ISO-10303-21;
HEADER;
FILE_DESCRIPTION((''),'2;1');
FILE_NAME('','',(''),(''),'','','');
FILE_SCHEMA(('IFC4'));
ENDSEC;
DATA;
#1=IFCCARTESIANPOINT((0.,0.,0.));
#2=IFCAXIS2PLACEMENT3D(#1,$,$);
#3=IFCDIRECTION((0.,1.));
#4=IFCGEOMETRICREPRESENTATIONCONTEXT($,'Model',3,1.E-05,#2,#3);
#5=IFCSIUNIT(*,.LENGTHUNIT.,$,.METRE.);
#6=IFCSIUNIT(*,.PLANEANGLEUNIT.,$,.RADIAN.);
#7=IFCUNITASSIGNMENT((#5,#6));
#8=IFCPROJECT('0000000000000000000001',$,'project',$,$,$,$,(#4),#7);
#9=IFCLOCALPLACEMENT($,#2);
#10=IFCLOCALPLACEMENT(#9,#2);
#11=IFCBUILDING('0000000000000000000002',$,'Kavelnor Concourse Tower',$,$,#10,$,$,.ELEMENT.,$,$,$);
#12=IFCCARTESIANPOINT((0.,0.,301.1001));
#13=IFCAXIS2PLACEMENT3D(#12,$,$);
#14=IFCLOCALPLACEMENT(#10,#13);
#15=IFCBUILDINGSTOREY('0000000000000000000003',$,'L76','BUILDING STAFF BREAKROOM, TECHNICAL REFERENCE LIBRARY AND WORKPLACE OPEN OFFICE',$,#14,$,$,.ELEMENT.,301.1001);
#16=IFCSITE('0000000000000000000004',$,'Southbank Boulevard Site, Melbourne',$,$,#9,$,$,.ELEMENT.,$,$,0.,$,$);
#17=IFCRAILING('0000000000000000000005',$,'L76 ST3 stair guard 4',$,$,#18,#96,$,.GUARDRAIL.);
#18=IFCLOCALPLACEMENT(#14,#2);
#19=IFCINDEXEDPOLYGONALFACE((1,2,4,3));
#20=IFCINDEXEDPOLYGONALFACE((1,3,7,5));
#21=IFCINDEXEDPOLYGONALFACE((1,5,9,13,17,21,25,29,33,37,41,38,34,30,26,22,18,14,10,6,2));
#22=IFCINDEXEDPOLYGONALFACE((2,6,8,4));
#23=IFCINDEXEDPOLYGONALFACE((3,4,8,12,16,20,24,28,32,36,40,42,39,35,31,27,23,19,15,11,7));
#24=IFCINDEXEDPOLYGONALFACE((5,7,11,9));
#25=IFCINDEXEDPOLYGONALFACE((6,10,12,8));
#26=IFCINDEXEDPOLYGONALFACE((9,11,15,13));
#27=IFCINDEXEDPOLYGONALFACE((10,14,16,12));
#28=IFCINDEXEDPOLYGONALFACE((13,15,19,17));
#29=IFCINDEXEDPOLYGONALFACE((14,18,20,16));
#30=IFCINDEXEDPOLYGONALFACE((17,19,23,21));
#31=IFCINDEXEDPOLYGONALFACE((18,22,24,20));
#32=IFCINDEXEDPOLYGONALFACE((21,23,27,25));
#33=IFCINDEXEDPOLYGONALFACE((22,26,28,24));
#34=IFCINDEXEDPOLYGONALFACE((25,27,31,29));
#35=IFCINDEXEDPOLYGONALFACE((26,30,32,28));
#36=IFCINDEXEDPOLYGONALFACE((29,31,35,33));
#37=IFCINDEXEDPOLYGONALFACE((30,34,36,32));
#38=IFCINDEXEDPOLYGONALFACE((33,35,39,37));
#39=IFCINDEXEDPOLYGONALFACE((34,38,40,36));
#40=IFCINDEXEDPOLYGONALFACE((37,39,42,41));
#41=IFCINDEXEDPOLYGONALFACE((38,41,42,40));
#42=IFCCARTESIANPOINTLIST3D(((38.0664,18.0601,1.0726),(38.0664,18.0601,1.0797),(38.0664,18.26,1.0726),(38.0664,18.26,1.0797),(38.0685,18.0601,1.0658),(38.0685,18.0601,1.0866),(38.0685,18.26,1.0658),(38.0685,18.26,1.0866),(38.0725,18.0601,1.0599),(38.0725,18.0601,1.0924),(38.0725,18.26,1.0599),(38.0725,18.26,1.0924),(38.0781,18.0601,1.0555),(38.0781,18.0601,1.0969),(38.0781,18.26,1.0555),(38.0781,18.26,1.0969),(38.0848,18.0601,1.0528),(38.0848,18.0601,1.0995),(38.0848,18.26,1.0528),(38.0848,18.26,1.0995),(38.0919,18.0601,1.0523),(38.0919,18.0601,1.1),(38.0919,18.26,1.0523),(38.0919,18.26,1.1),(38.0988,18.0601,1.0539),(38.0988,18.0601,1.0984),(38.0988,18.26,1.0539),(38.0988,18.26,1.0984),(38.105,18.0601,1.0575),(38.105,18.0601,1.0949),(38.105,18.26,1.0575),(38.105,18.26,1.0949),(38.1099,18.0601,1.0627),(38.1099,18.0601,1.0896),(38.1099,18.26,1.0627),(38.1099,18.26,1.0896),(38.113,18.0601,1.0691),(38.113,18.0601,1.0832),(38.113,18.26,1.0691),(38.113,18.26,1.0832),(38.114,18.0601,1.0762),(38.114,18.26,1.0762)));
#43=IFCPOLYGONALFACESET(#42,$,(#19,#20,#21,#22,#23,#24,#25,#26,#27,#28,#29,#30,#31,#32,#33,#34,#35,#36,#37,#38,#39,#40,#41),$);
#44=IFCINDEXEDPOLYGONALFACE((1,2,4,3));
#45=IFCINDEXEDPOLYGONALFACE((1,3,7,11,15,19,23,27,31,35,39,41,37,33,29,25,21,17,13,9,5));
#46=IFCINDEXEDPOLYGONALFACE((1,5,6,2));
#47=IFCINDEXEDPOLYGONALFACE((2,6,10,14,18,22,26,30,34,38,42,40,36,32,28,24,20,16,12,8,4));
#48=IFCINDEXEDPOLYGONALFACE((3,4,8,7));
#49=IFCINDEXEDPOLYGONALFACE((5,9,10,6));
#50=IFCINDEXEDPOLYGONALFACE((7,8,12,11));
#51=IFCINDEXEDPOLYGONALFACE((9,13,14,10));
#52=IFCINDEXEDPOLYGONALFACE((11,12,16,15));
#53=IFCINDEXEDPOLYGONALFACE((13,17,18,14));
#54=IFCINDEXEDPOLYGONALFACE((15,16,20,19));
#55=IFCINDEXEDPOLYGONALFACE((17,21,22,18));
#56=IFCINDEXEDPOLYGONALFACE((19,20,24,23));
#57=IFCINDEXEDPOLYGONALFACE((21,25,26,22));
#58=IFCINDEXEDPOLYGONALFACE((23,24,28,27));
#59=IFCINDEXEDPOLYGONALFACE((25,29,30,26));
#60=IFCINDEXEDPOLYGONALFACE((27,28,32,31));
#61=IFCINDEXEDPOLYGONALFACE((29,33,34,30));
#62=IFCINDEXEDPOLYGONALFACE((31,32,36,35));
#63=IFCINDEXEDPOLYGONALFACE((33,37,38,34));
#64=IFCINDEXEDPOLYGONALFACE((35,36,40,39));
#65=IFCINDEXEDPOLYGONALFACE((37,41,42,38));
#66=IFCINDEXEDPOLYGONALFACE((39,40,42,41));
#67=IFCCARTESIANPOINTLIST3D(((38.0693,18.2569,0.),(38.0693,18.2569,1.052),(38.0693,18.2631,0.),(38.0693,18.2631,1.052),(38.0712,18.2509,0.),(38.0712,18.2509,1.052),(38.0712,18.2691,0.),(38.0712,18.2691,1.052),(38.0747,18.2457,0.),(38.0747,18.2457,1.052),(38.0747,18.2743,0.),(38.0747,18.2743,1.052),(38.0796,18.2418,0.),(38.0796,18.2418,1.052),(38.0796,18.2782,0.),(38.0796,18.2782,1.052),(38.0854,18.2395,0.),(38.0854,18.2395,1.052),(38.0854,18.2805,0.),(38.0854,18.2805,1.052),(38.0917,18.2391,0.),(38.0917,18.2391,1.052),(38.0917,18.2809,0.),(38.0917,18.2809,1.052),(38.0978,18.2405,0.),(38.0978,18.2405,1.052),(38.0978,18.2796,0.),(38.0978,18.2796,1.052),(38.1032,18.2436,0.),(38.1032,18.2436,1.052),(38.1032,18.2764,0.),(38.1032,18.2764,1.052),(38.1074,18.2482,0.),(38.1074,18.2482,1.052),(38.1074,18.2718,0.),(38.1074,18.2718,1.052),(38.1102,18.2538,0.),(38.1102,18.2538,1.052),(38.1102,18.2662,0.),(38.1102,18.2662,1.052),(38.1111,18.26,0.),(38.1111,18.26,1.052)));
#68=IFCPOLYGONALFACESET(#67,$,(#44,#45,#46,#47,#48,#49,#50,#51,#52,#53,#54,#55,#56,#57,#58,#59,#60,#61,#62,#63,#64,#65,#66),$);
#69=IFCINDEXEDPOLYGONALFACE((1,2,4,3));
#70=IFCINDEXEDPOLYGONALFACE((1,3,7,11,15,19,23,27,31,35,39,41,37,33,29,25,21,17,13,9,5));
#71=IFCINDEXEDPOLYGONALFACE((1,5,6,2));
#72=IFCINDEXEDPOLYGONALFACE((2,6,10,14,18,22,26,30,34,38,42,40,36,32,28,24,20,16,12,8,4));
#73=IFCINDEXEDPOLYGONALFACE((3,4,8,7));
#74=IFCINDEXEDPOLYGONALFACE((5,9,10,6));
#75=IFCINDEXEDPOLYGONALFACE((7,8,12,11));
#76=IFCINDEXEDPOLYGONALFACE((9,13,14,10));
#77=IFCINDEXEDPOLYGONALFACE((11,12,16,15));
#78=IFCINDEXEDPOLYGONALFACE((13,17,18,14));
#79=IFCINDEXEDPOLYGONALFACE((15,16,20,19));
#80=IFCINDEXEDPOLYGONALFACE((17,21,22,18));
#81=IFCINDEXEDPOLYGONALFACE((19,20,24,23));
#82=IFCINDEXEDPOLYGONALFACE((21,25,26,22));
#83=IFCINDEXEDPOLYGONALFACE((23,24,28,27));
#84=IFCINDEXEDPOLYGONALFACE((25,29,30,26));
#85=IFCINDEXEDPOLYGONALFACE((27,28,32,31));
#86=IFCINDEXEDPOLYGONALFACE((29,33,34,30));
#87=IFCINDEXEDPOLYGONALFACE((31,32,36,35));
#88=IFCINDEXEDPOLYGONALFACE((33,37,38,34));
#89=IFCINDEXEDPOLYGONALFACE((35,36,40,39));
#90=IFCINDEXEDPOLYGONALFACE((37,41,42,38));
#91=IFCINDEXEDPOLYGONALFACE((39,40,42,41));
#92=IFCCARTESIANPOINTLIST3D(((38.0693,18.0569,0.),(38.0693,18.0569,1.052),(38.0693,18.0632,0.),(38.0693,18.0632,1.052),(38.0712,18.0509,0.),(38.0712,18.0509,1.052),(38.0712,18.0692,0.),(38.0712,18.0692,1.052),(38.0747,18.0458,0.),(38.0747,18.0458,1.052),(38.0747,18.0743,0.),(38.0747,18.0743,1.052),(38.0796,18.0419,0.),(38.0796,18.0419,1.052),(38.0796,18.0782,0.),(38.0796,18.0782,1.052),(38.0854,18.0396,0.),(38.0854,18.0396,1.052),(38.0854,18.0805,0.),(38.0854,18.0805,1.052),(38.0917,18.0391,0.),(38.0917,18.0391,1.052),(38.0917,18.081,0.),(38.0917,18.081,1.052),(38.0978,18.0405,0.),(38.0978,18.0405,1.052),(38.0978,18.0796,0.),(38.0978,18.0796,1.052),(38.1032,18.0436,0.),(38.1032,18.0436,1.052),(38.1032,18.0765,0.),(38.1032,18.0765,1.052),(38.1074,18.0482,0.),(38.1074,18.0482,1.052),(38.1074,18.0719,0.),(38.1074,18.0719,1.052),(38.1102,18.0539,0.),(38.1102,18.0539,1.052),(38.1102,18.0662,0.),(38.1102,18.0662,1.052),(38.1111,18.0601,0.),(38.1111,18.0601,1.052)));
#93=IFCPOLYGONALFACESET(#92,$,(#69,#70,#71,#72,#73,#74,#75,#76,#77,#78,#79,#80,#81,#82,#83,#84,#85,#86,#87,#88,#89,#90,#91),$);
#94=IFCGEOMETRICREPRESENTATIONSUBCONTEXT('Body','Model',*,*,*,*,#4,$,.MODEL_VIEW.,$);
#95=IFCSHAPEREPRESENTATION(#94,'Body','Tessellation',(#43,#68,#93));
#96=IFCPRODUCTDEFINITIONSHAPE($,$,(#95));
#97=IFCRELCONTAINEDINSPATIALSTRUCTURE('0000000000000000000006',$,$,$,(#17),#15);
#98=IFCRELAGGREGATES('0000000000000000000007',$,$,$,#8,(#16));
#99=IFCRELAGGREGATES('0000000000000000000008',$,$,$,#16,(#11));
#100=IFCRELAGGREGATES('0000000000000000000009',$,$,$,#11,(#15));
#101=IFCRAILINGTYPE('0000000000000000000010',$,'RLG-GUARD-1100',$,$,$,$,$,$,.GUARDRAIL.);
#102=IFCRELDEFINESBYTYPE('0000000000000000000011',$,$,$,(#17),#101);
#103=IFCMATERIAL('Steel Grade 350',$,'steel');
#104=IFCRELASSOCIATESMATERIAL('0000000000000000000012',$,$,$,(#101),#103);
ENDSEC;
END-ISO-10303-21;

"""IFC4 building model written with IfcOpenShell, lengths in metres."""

from ifc_helpers import new_model, si_unit, direction, frame, origin, origin_2d, place, context, subcontext, project, spatial, circle, extrude, material, type_object, element, save


model = new_model("IFC4")

# Units and contexts
model_context = context("Model", 3, precision=1e-05, world=origin(), true_north=direction((0.0, 1.0)))
body_context = subcontext(model_context, "Body", "Model", "MODEL_VIEW")
ifc_project = project(units=[si_unit("LENGTHUNIT", "METRE"), si_unit("PLANEANGLEUNIT", "RADIAN")], contexts=[model_context])

# Site, building, storey
site_placement = place(None, origin())
site = spatial("IfcSite", under=ifc_project, at=site_placement, Name="Southbank Boulevard Site, Melbourne", CompositionType="ELEMENT", RefElevation=0.0)
building_placement = place(site_placement, origin())
building = spatial("IfcBuilding", under=site, at=building_placement, Name="Kavelnor Concourse Tower", CompositionType="ELEMENT")
storey_placement = place(building_placement, frame((0.0, 0.0, 301.1001)))
storey = spatial("IfcBuildingStorey", under=building, at=storey_placement, Name="L76", Description="BUILDING STAFF BREAKROOM, TECHNICAL REFERENCE LIBRARY AND WORKPLACE OPEN OFFICE", CompositionType="ELEMENT", Elevation=301.1001)

# Shared definitions
ifc_material_1 = material(Name="Steel Grade 350", Category="steel")

# Railing
railing_type_1 = type_object("IfcRailingType", Name="RLG-GUARD-1100", PredefinedType="GUARDRAIL", material=ifc_material_1)
railing_1_placement = place(storey_placement, frame((38.0901, 18.26, 0.0)))
element("IfcRailing", 1, at=railing_1_placement, inside=storey, type_object=railing_type_1, Name="L76 ST3 stair guard 4", PredefinedType="GUARDRAIL", context=body_context, shape_type="SweptSolid", body=[
    extrude(circle(Radius=0.0239, at=origin_2d()), frame((0.0, 0.0, 1.0762), z_axis=(0.0, -1.0, 0.0), x_axis=(1.0, 0.0, 0.0)), (0.0, 0.0, 1.0), 0.2),
    extrude(circle(Radius=0.021, at=origin_2d()), origin(), (0.0, 0.0, 1.0), 1.052),
    extrude(circle(Radius=0.021, at=origin_2d()), frame((0.0, -0.2, 0.0)), (0.0, 0.0, 1.0), 1.052),
])

save(model, "model.ifc")
